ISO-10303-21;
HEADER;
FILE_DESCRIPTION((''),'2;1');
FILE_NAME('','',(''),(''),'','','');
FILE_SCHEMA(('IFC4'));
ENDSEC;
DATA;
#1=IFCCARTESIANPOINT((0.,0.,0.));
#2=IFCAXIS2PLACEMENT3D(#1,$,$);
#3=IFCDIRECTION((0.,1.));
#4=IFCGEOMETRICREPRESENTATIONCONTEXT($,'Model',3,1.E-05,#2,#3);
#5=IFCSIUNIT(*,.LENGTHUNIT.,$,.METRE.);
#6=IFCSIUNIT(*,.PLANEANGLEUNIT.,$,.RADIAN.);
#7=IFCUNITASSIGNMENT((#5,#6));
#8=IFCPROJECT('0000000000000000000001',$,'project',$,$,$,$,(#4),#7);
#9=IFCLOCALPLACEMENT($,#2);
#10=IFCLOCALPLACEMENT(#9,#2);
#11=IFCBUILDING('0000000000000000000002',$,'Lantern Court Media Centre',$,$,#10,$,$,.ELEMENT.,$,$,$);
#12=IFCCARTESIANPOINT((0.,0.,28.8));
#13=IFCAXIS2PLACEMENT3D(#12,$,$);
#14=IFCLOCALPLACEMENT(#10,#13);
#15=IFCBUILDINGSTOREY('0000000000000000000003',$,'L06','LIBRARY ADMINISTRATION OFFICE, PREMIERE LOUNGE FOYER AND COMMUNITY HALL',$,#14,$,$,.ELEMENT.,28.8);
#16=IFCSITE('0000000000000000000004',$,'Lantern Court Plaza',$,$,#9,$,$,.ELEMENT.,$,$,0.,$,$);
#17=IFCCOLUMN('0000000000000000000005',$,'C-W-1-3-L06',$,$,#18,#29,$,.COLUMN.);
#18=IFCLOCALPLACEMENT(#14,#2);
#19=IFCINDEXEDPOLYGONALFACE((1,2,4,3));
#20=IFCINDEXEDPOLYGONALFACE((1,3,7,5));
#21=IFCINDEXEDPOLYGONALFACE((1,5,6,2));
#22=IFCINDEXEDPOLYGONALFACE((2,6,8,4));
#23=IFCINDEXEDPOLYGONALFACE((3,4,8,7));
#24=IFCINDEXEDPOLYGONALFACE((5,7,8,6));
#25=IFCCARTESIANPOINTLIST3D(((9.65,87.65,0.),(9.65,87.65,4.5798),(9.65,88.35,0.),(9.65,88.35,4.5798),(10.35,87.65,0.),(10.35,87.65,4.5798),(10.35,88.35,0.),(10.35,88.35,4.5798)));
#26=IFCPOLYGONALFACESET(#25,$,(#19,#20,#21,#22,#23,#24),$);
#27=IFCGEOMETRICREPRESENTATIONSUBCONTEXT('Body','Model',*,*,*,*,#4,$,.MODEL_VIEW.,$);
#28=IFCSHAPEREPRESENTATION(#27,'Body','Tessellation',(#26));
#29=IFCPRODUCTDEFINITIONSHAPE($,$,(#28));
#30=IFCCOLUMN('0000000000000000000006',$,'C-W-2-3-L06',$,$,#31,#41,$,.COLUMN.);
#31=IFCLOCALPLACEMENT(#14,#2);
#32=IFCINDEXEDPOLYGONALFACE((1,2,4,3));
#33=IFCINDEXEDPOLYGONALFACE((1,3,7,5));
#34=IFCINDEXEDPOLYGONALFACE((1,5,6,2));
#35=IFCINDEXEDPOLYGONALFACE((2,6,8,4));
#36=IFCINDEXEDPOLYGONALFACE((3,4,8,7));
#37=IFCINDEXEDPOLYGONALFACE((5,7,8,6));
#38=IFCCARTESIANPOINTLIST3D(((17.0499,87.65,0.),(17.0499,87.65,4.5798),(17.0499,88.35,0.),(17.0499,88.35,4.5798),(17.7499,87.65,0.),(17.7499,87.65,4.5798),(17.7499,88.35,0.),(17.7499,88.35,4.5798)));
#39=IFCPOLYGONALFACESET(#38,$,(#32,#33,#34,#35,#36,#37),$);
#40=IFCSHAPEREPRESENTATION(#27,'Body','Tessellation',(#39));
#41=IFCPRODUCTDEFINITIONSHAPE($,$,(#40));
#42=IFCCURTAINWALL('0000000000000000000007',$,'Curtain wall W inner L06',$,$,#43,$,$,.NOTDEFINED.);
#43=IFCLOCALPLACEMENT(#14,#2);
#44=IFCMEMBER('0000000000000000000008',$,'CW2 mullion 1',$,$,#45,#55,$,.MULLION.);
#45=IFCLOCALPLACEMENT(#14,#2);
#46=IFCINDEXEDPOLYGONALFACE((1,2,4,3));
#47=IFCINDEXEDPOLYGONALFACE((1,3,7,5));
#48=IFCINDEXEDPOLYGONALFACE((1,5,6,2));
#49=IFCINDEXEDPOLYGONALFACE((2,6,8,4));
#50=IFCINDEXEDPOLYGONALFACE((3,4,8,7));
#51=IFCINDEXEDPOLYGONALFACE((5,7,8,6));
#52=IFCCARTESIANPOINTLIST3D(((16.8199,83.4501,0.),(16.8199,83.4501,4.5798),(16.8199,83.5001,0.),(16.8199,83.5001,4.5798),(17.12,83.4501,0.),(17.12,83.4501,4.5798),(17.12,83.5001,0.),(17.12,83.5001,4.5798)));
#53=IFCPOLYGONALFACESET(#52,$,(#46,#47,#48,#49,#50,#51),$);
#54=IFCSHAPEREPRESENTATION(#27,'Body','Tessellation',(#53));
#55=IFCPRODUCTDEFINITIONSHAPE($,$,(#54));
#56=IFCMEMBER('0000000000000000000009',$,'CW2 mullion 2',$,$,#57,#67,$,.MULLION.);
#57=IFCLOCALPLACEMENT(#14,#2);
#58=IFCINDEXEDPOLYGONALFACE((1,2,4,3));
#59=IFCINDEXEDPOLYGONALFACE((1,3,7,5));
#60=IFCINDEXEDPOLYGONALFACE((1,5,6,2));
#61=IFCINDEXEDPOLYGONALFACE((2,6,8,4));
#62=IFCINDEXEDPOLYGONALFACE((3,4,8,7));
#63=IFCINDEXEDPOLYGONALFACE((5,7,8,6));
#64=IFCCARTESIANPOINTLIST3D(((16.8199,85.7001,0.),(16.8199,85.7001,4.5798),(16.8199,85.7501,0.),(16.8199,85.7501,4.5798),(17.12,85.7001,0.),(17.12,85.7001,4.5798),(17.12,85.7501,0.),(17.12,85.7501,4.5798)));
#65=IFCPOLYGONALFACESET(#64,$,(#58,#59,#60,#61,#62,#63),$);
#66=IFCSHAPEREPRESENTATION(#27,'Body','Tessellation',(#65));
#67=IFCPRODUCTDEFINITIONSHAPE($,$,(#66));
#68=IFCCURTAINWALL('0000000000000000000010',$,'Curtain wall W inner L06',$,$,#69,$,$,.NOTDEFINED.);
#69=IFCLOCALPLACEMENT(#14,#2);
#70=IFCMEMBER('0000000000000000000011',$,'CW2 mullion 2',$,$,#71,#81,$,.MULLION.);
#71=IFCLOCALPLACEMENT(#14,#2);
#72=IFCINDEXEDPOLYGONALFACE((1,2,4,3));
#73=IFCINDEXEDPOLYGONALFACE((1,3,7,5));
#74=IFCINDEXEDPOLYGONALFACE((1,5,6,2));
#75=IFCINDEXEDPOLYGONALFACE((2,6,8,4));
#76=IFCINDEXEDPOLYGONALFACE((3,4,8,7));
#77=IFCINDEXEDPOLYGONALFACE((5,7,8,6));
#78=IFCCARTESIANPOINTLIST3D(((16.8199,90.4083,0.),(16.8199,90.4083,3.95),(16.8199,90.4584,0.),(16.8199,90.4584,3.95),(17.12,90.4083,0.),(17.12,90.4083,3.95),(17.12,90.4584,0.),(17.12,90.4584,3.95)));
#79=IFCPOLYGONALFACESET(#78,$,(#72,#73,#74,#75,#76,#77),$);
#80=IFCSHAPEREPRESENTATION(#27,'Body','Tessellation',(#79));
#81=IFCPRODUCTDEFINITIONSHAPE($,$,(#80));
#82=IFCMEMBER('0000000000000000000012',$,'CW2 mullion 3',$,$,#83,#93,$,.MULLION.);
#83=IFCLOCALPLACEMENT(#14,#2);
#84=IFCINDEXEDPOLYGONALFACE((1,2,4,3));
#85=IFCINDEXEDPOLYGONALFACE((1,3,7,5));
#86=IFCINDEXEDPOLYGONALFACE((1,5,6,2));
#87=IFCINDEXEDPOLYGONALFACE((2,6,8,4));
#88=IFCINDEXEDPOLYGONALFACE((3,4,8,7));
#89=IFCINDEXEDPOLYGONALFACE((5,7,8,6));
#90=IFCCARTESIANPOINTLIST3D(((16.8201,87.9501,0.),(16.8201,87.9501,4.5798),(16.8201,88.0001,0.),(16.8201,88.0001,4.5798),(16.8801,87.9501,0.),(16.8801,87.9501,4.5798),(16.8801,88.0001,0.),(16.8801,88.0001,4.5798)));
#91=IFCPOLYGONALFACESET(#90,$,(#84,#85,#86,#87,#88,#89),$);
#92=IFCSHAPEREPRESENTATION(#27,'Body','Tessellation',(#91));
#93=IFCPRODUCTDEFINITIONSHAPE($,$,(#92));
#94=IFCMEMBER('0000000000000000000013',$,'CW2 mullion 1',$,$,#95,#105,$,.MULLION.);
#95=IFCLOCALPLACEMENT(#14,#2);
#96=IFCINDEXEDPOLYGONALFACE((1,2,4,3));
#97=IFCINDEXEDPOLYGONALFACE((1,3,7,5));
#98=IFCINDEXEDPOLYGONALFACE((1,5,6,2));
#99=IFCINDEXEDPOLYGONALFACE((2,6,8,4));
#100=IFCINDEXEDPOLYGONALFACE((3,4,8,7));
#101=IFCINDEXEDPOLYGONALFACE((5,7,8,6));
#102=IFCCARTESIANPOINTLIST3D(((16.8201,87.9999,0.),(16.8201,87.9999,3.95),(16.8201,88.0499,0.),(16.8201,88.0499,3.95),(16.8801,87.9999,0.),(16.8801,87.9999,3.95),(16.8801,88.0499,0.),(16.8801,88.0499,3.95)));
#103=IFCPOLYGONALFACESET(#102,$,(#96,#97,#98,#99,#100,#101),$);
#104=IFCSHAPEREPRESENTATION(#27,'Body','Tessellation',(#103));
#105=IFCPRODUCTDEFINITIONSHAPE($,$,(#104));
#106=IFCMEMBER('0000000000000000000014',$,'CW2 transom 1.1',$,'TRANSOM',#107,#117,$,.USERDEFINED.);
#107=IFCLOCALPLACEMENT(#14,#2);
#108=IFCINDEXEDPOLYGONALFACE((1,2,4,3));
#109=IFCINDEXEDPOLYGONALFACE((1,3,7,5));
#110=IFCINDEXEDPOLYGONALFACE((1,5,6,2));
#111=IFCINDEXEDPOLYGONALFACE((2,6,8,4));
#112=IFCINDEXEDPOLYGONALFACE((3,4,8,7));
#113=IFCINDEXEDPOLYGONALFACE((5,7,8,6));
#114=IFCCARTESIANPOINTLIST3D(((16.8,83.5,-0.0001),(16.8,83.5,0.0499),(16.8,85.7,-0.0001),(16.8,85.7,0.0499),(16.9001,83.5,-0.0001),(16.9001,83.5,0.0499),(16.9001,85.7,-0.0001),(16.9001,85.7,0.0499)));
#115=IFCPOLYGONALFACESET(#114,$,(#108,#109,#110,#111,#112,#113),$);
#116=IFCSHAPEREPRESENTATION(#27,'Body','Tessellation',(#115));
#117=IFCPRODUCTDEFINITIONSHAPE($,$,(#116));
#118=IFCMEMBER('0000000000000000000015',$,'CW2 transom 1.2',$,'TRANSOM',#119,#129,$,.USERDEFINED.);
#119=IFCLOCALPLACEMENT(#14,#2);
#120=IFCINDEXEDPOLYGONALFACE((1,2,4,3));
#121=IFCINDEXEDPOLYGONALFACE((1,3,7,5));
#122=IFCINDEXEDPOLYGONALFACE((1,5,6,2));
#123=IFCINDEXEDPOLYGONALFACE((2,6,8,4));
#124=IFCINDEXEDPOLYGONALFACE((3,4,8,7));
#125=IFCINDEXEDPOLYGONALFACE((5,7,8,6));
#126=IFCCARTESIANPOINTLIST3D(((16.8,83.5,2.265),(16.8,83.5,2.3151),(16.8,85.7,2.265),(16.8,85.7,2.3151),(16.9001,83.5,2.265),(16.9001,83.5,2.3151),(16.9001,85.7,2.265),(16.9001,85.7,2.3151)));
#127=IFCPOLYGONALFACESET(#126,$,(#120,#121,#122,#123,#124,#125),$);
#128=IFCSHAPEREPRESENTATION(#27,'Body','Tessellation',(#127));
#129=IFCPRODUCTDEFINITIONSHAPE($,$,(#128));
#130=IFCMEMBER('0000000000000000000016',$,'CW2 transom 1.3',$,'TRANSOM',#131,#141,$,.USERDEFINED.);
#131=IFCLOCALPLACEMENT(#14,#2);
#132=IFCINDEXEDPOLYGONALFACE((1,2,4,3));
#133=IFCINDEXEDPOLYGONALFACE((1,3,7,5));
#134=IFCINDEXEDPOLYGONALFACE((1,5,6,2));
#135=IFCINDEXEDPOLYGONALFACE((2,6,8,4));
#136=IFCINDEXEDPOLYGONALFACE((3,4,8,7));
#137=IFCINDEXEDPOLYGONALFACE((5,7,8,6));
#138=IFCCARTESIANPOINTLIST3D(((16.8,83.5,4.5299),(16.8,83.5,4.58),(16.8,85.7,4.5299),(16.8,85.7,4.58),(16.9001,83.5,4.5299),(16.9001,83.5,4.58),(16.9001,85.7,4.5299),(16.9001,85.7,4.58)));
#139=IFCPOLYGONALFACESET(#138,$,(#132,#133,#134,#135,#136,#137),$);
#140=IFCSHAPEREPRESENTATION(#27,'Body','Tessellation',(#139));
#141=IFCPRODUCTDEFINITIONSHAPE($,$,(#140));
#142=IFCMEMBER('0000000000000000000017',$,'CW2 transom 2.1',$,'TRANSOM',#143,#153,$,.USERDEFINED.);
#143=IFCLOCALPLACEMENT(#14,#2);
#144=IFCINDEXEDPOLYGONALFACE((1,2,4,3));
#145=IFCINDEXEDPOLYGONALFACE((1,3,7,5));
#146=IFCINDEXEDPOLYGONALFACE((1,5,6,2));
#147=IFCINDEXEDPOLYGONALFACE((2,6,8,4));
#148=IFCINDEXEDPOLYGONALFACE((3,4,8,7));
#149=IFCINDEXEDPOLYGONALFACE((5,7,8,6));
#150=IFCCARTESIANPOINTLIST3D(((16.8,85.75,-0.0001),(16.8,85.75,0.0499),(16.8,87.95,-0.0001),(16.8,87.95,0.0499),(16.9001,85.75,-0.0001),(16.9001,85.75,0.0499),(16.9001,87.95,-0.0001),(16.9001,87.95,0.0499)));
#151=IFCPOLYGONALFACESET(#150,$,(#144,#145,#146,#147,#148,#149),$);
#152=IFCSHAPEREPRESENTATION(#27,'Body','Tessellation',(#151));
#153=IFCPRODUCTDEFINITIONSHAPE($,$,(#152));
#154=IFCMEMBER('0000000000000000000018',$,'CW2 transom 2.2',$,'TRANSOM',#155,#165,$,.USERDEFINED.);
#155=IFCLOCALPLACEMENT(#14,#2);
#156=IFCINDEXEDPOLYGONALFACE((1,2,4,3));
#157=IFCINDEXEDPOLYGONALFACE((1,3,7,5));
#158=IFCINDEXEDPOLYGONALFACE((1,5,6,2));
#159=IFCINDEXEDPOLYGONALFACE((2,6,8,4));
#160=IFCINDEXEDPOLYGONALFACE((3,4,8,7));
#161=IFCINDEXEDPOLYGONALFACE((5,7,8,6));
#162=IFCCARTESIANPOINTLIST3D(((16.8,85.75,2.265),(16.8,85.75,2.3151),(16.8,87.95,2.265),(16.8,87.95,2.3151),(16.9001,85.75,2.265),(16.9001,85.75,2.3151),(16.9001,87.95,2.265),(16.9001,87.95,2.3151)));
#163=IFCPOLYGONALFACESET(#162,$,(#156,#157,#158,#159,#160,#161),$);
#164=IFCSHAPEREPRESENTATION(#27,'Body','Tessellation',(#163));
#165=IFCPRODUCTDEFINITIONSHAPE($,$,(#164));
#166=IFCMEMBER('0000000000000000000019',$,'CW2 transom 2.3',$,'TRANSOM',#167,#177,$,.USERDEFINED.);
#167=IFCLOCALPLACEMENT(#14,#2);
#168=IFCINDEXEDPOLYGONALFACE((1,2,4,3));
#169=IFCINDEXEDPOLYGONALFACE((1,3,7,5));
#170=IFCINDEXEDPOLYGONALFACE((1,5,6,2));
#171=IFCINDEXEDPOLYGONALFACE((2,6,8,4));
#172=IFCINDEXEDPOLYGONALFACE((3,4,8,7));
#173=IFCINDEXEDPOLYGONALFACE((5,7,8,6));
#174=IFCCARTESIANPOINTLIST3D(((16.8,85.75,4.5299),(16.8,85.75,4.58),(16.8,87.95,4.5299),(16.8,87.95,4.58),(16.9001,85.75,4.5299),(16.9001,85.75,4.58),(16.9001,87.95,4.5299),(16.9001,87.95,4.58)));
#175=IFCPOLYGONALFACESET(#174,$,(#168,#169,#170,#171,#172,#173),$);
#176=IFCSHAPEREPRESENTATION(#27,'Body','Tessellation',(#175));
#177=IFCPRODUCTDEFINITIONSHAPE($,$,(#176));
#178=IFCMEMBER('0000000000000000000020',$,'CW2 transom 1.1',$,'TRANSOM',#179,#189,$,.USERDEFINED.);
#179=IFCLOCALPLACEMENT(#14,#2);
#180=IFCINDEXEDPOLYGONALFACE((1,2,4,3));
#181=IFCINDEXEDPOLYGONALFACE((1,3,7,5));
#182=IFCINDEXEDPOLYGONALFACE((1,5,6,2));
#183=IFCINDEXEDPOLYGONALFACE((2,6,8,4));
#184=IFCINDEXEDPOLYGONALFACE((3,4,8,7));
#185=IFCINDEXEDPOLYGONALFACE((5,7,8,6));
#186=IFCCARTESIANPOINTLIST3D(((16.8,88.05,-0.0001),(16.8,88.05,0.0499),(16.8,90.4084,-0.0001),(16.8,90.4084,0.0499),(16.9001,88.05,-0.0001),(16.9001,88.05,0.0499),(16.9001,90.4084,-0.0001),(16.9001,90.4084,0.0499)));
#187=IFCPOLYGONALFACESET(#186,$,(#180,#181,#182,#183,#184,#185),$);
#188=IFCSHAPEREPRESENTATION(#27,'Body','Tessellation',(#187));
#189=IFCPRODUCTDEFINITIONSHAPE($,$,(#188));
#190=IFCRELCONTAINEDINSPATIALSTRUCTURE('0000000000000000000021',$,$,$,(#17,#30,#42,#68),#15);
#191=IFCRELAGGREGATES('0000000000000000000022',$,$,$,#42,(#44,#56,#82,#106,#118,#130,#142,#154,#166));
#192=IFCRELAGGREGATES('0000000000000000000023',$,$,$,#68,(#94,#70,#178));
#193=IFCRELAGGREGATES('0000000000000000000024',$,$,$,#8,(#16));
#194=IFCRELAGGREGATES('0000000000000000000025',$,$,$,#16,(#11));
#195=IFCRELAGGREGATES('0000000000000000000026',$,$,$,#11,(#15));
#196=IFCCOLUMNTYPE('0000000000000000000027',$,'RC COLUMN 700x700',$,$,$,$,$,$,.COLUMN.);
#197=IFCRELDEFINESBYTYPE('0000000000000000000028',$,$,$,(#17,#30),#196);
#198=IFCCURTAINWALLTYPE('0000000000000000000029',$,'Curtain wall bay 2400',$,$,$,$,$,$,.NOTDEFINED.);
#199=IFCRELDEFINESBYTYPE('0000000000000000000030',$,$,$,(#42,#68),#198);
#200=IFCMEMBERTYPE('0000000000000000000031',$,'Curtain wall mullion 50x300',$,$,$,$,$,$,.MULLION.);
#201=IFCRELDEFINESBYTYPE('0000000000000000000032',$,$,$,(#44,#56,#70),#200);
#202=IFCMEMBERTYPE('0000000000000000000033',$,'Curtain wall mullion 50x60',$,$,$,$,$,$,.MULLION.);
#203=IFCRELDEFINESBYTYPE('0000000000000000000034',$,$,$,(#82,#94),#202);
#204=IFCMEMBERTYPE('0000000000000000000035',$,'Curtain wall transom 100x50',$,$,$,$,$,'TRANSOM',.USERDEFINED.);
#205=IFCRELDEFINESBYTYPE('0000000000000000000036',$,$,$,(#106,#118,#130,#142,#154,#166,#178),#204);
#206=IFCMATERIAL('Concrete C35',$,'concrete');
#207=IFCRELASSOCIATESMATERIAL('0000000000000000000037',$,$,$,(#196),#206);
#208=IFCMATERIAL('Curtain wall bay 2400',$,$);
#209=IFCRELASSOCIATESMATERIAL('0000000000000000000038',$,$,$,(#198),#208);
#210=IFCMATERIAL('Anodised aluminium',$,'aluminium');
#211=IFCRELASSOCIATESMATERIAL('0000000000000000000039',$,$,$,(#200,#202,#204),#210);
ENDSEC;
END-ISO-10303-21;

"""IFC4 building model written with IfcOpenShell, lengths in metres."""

from ifc_helpers import new_model, si_unit, direction, frame, origin, origin_2d, place, context, subcontext, project, spatial, rectangle, extrude, material, material_profile, profile_set, type_object, element, aggregate, save


model = new_model("IFC4")

# Units and contexts
model_context = context("Model", 3, precision=1e-05, world=origin(), true_north=direction((0.0, 1.0)))
body_context = subcontext(model_context, "Body", "Model", "MODEL_VIEW")
ifc_project = project(units=[si_unit("LENGTHUNIT", "METRE"), si_unit("PLANEANGLEUNIT", "RADIAN")], contexts=[model_context])

# Site, building, storey
site_placement = place(None, origin())
site = spatial("IfcSite", under=ifc_project, at=site_placement, Name="Lantern Court Plaza", CompositionType="ELEMENT", RefElevation=0.0)
building_placement = place(site_placement, origin())
building = spatial("IfcBuilding", under=site, at=building_placement, Name="Lantern Court Media Centre", CompositionType="ELEMENT")
storey_placement = place(building_placement, frame((0.0, 0.0, 28.8)))
storey = spatial("IfcBuildingStorey", under=building, at=storey_placement, Name="L06", Description="LIBRARY ADMINISTRATION OFFICE, PREMIERE LOUNGE FOYER AND COMMUNITY HALL", CompositionType="ELEMENT", Elevation=28.8)

# Columns
ifc_material_1 = material(Name="Concrete C35", Category="concrete")
ifc_material_profile_1 = material_profile(ifc_material_1, rectangle(XDim=0.7, YDim=0.7, at=origin_2d()), Name="RC 700x700")
ifc_profile_set_1 = profile_set([ifc_material_profile_1], Name="Concrete C35")
column_type = type_object("IfcColumnType", Name="RC COLUMN 700x700", PredefinedType="COLUMN", material=ifc_profile_set_1)
for number, where, z_axis, x_axis, name in (
    (1, (10.0, 88.0, 0.0), (0.0, 0.0, 1.0), (1.0, 0.0, 0.0), "C-W-1-3-L06"),
    (2, (17.3999, 88.0, 0.0), (0.0, 0.0, 1.0), (1.0, 0.0, 0.0), "C-W-2-3-L06"),
):
    element("IfcColumn", number, at=place(storey_placement, frame(where, z_axis=z_axis, x_axis=x_axis)), inside=storey, type_object=column_type, Name=name, PredefinedType="COLUMN", context=body_context, shape_type="SweptSolid", body=[
        extrude(rectangle(XDim=0.7, YDim=0.7, at=origin_2d()), origin(), (0.0, 0.0, 1.0), 4.5798),
    ])

# Curtain wall, members
ifc_material_2 = material(Name="Curtain wall bay 2400")
curtain_wall_type = type_object("IfcCurtainWallType", Name="Curtain wall bay 2400", PredefinedType="NOTDEFINED", material=ifc_material_2)
curtain_wall_1_placement = place(storey_placement, origin())
curtain_wall_1 = element("IfcCurtainWall", 3, at=curtain_wall_1_placement, inside=storey, type_object=curtain_wall_type, Name="Curtain wall W inner L06", PredefinedType="NOTDEFINED")
ifc_material_3 = material(Name="Anodised aluminium", Category="aluminium")
ifc_material_profile_2 = material_profile(ifc_material_3, rectangle(XDim=0.3, YDim=0.05, at=origin_2d()), Name="AL 50x300")
ifc_profile_set_2 = profile_set([ifc_material_profile_2], Name="Anodised aluminium")
member_type_1 = type_object("IfcMemberType", Name="Curtain wall mullion 50x300", PredefinedType="MULLION", material=ifc_profile_set_2)
member_1_placement = place(storey_placement, frame((16.97, 83.4751, 0.0), z_axis=(0.0, 0.0, 1.0), x_axis=(-1.0, 0.0, 0.0)))
member_1 = element("IfcMember", 4, at=member_1_placement, type_object=member_type_1, Name="CW2 mullion 1", PredefinedType="MULLION", context=body_context, shape_type="SweptSolid", body=[
    extrude(rectangle(XDim=0.3, YDim=0.05, at=origin_2d()), origin(), (0.0, 0.0, 1.0), 4.5798),
])
member_2_placement = place(storey_placement, frame((16.97, 85.7251, 0.0), z_axis=(0.0, 0.0, 1.0), x_axis=(-1.0, 0.0, 0.0)))
member_2 = element("IfcMember", 5, at=member_2_placement, type_object=member_type_1, Name="CW2 mullion 2", PredefinedType="MULLION", context=body_context, shape_type="SweptSolid", body=[
    extrude(rectangle(XDim=0.3, YDim=0.05, at=origin_2d()), origin(), (0.0, 0.0, 1.0), 4.5798),
])

# Curtain wall, member
curtain_wall_2_placement = place(storey_placement, origin())
curtain_wall_2 = element("IfcCurtainWall", 6, at=curtain_wall_2_placement, inside=storey, type_object=curtain_wall_type, Name="Curtain wall W inner L06", PredefinedType="NOTDEFINED")
member_3_placement = place(storey_placement, frame((16.97, 90.4333, 0.0), z_axis=(0.0, 0.0, 1.0), x_axis=(-1.0, 0.0, 0.0)))
member_3 = element("IfcMember", 7, at=member_3_placement, type_object=member_type_1, Name="CW2 mullion 2", PredefinedType="MULLION", context=body_context, shape_type="SweptSolid", body=[
    extrude(rectangle(XDim=0.3, YDim=0.05, at=origin_2d()), origin(), (0.0, 0.0, 1.0), 3.95),
])

# Members
ifc_material_profile_3 = material_profile(ifc_material_3, rectangle(XDim=0.0601, YDim=0.05, at=origin_2d()), Name="AL 50x60")
ifc_profile_set_3 = profile_set([ifc_material_profile_3], Name="Anodised aluminium")
member_type_2 = type_object("IfcMemberType", Name="Curtain wall mullion 50x60", PredefinedType="MULLION", material=ifc_profile_set_3)
member_4_placement = place(storey_placement, frame((16.8501, 87.9751, 0.0), z_axis=(0.0, 0.0, 1.0), x_axis=(-1.0, 0.0, 0.0)))
member_4 = element("IfcMember", 8, at=member_4_placement, type_object=member_type_2, Name="CW2 mullion 3", PredefinedType="MULLION", context=body_context, shape_type="SweptSolid", body=[
    extrude(rectangle(XDim=0.0601, YDim=0.05, at=origin_2d()), origin(), (0.0, 0.0, 1.0), 4.5798),
])
member_5_placement = place(storey_placement, frame((16.8501, 88.0249, 0.0), z_axis=(0.0, 0.0, 1.0), x_axis=(-1.0, 0.0, 0.0)))
member_5 = element("IfcMember", 9, at=member_5_placement, type_object=member_type_2, Name="CW2 mullion 1", PredefinedType="MULLION", context=body_context, shape_type="SweptSolid", body=[
    extrude(rectangle(XDim=0.0601, YDim=0.05, at=origin_2d()), origin(), (0.0, 0.0, 1.0), 3.95),
])
ifc_material_profile_4 = material_profile(ifc_material_3, rectangle(XDim=0.1001, YDim=0.05, at=origin_2d()), Name="AL 50x100")
ifc_profile_set_4 = profile_set([ifc_material_profile_4], Name="Anodised aluminium")
member_type_3 = type_object("IfcMemberType", Name="Curtain wall transom 100x50", ElementType="TRANSOM", PredefinedType="USERDEFINED", material=ifc_profile_set_4)
member_6_placement = place(storey_placement, frame((16.8501, 83.5, 0.0249), z_axis=(0.0, 1.0, 0.0), x_axis=(-1.0, 0.0, 0.0)))
member_6 = element("IfcMember", 10, at=member_6_placement, type_object=member_type_3, Name="CW2 transom 1.1", ObjectType="TRANSOM", PredefinedType="USERDEFINED", context=body_context, shape_type="SweptSolid", body=[
    extrude(rectangle(XDim=0.1001, YDim=0.05, at=origin_2d()), origin(), (0.0, 0.0, 1.0), 2.2),
])
member_7_placement = place(storey_placement, frame((16.8501, 83.5, 2.29), z_axis=(0.0, 1.0, 0.0), x_axis=(-1.0, 0.0, 0.0)))
member_7 = element("IfcMember", 11, at=member_7_placement, type_object=member_type_3, Name="CW2 transom 1.2", ObjectType="TRANSOM", PredefinedType="USERDEFINED", context=body_context, shape_type="SweptSolid", body=[
    extrude(rectangle(XDim=0.1001, YDim=0.05, at=origin_2d()), origin(), (0.0, 0.0, 1.0), 2.2),
])
member_8_placement = place(storey_placement, frame((16.8501, 83.5, 4.5549), z_axis=(0.0, 1.0, 0.0), x_axis=(-1.0, 0.0, 0.0)))
member_8 = element("IfcMember", 12, at=member_8_placement, type_object=member_type_3, Name="CW2 transom 1.3", ObjectType="TRANSOM", PredefinedType="USERDEFINED", context=body_context, shape_type="SweptSolid", body=[
    extrude(rectangle(XDim=0.1001, YDim=0.05, at=origin_2d()), origin(), (0.0, 0.0, 1.0), 2.2),
])
member_9_placement = place(storey_placement, frame((16.8501, 85.75, 0.0249), z_axis=(0.0, 1.0, 0.0), x_axis=(-1.0, 0.0, 0.0)))
member_9 = element("IfcMember", 13, at=member_9_placement, type_object=member_type_3, Name="CW2 transom 2.1", ObjectType="TRANSOM", PredefinedType="USERDEFINED", context=body_context, shape_type="SweptSolid", body=[
    extrude(rectangle(XDim=0.1001, YDim=0.05, at=origin_2d()), origin(), (0.0, 0.0, 1.0), 2.2),
])
member_10_placement = place(storey_placement, frame((16.8501, 85.75, 2.29), z_axis=(0.0, 1.0, 0.0), x_axis=(-1.0, 0.0, 0.0)))
member_10 = element("IfcMember", 14, at=member_10_placement, type_object=member_type_3, Name="CW2 transom 2.2", ObjectType="TRANSOM", PredefinedType="USERDEFINED", context=body_context, shape_type="SweptSolid", body=[
    extrude(rectangle(XDim=0.1001, YDim=0.05, at=origin_2d()), origin(), (0.0, 0.0, 1.0), 2.2),
])
member_11_placement = place(storey_placement, frame((16.8501, 85.75, 4.5549), z_axis=(0.0, 1.0, 0.0), x_axis=(-1.0, 0.0, 0.0)))
member_11 = element("IfcMember", 15, at=member_11_placement, type_object=member_type_3, Name="CW2 transom 2.3", ObjectType="TRANSOM", PredefinedType="USERDEFINED", context=body_context, shape_type="SweptSolid", body=[
    extrude(rectangle(XDim=0.1001, YDim=0.05, at=origin_2d()), origin(), (0.0, 0.0, 1.0), 2.2),
])
member_12_placement = place(storey_placement, frame((16.8501, 88.05, 0.0249), z_axis=(0.0, 1.0, 0.0), x_axis=(-1.0, 0.0, 0.0)))
member_12 = element("IfcMember", 16, at=member_12_placement, type_object=member_type_3, Name="CW2 transom 1.1", ObjectType="TRANSOM", PredefinedType="USERDEFINED", context=body_context, shape_type="SweptSolid", body=[
    extrude(rectangle(XDim=0.1001, YDim=0.05, at=origin_2d()), origin(), (0.0, 0.0, 1.0), 2.3584),
])

aggregate(curtain_wall_1, [member_1, member_2, member_4, member_6, member_7, member_8, member_9, member_10, member_11])
aggregate(curtain_wall_2, [member_5, member_3, member_12])

save(model, "model.ifc")
